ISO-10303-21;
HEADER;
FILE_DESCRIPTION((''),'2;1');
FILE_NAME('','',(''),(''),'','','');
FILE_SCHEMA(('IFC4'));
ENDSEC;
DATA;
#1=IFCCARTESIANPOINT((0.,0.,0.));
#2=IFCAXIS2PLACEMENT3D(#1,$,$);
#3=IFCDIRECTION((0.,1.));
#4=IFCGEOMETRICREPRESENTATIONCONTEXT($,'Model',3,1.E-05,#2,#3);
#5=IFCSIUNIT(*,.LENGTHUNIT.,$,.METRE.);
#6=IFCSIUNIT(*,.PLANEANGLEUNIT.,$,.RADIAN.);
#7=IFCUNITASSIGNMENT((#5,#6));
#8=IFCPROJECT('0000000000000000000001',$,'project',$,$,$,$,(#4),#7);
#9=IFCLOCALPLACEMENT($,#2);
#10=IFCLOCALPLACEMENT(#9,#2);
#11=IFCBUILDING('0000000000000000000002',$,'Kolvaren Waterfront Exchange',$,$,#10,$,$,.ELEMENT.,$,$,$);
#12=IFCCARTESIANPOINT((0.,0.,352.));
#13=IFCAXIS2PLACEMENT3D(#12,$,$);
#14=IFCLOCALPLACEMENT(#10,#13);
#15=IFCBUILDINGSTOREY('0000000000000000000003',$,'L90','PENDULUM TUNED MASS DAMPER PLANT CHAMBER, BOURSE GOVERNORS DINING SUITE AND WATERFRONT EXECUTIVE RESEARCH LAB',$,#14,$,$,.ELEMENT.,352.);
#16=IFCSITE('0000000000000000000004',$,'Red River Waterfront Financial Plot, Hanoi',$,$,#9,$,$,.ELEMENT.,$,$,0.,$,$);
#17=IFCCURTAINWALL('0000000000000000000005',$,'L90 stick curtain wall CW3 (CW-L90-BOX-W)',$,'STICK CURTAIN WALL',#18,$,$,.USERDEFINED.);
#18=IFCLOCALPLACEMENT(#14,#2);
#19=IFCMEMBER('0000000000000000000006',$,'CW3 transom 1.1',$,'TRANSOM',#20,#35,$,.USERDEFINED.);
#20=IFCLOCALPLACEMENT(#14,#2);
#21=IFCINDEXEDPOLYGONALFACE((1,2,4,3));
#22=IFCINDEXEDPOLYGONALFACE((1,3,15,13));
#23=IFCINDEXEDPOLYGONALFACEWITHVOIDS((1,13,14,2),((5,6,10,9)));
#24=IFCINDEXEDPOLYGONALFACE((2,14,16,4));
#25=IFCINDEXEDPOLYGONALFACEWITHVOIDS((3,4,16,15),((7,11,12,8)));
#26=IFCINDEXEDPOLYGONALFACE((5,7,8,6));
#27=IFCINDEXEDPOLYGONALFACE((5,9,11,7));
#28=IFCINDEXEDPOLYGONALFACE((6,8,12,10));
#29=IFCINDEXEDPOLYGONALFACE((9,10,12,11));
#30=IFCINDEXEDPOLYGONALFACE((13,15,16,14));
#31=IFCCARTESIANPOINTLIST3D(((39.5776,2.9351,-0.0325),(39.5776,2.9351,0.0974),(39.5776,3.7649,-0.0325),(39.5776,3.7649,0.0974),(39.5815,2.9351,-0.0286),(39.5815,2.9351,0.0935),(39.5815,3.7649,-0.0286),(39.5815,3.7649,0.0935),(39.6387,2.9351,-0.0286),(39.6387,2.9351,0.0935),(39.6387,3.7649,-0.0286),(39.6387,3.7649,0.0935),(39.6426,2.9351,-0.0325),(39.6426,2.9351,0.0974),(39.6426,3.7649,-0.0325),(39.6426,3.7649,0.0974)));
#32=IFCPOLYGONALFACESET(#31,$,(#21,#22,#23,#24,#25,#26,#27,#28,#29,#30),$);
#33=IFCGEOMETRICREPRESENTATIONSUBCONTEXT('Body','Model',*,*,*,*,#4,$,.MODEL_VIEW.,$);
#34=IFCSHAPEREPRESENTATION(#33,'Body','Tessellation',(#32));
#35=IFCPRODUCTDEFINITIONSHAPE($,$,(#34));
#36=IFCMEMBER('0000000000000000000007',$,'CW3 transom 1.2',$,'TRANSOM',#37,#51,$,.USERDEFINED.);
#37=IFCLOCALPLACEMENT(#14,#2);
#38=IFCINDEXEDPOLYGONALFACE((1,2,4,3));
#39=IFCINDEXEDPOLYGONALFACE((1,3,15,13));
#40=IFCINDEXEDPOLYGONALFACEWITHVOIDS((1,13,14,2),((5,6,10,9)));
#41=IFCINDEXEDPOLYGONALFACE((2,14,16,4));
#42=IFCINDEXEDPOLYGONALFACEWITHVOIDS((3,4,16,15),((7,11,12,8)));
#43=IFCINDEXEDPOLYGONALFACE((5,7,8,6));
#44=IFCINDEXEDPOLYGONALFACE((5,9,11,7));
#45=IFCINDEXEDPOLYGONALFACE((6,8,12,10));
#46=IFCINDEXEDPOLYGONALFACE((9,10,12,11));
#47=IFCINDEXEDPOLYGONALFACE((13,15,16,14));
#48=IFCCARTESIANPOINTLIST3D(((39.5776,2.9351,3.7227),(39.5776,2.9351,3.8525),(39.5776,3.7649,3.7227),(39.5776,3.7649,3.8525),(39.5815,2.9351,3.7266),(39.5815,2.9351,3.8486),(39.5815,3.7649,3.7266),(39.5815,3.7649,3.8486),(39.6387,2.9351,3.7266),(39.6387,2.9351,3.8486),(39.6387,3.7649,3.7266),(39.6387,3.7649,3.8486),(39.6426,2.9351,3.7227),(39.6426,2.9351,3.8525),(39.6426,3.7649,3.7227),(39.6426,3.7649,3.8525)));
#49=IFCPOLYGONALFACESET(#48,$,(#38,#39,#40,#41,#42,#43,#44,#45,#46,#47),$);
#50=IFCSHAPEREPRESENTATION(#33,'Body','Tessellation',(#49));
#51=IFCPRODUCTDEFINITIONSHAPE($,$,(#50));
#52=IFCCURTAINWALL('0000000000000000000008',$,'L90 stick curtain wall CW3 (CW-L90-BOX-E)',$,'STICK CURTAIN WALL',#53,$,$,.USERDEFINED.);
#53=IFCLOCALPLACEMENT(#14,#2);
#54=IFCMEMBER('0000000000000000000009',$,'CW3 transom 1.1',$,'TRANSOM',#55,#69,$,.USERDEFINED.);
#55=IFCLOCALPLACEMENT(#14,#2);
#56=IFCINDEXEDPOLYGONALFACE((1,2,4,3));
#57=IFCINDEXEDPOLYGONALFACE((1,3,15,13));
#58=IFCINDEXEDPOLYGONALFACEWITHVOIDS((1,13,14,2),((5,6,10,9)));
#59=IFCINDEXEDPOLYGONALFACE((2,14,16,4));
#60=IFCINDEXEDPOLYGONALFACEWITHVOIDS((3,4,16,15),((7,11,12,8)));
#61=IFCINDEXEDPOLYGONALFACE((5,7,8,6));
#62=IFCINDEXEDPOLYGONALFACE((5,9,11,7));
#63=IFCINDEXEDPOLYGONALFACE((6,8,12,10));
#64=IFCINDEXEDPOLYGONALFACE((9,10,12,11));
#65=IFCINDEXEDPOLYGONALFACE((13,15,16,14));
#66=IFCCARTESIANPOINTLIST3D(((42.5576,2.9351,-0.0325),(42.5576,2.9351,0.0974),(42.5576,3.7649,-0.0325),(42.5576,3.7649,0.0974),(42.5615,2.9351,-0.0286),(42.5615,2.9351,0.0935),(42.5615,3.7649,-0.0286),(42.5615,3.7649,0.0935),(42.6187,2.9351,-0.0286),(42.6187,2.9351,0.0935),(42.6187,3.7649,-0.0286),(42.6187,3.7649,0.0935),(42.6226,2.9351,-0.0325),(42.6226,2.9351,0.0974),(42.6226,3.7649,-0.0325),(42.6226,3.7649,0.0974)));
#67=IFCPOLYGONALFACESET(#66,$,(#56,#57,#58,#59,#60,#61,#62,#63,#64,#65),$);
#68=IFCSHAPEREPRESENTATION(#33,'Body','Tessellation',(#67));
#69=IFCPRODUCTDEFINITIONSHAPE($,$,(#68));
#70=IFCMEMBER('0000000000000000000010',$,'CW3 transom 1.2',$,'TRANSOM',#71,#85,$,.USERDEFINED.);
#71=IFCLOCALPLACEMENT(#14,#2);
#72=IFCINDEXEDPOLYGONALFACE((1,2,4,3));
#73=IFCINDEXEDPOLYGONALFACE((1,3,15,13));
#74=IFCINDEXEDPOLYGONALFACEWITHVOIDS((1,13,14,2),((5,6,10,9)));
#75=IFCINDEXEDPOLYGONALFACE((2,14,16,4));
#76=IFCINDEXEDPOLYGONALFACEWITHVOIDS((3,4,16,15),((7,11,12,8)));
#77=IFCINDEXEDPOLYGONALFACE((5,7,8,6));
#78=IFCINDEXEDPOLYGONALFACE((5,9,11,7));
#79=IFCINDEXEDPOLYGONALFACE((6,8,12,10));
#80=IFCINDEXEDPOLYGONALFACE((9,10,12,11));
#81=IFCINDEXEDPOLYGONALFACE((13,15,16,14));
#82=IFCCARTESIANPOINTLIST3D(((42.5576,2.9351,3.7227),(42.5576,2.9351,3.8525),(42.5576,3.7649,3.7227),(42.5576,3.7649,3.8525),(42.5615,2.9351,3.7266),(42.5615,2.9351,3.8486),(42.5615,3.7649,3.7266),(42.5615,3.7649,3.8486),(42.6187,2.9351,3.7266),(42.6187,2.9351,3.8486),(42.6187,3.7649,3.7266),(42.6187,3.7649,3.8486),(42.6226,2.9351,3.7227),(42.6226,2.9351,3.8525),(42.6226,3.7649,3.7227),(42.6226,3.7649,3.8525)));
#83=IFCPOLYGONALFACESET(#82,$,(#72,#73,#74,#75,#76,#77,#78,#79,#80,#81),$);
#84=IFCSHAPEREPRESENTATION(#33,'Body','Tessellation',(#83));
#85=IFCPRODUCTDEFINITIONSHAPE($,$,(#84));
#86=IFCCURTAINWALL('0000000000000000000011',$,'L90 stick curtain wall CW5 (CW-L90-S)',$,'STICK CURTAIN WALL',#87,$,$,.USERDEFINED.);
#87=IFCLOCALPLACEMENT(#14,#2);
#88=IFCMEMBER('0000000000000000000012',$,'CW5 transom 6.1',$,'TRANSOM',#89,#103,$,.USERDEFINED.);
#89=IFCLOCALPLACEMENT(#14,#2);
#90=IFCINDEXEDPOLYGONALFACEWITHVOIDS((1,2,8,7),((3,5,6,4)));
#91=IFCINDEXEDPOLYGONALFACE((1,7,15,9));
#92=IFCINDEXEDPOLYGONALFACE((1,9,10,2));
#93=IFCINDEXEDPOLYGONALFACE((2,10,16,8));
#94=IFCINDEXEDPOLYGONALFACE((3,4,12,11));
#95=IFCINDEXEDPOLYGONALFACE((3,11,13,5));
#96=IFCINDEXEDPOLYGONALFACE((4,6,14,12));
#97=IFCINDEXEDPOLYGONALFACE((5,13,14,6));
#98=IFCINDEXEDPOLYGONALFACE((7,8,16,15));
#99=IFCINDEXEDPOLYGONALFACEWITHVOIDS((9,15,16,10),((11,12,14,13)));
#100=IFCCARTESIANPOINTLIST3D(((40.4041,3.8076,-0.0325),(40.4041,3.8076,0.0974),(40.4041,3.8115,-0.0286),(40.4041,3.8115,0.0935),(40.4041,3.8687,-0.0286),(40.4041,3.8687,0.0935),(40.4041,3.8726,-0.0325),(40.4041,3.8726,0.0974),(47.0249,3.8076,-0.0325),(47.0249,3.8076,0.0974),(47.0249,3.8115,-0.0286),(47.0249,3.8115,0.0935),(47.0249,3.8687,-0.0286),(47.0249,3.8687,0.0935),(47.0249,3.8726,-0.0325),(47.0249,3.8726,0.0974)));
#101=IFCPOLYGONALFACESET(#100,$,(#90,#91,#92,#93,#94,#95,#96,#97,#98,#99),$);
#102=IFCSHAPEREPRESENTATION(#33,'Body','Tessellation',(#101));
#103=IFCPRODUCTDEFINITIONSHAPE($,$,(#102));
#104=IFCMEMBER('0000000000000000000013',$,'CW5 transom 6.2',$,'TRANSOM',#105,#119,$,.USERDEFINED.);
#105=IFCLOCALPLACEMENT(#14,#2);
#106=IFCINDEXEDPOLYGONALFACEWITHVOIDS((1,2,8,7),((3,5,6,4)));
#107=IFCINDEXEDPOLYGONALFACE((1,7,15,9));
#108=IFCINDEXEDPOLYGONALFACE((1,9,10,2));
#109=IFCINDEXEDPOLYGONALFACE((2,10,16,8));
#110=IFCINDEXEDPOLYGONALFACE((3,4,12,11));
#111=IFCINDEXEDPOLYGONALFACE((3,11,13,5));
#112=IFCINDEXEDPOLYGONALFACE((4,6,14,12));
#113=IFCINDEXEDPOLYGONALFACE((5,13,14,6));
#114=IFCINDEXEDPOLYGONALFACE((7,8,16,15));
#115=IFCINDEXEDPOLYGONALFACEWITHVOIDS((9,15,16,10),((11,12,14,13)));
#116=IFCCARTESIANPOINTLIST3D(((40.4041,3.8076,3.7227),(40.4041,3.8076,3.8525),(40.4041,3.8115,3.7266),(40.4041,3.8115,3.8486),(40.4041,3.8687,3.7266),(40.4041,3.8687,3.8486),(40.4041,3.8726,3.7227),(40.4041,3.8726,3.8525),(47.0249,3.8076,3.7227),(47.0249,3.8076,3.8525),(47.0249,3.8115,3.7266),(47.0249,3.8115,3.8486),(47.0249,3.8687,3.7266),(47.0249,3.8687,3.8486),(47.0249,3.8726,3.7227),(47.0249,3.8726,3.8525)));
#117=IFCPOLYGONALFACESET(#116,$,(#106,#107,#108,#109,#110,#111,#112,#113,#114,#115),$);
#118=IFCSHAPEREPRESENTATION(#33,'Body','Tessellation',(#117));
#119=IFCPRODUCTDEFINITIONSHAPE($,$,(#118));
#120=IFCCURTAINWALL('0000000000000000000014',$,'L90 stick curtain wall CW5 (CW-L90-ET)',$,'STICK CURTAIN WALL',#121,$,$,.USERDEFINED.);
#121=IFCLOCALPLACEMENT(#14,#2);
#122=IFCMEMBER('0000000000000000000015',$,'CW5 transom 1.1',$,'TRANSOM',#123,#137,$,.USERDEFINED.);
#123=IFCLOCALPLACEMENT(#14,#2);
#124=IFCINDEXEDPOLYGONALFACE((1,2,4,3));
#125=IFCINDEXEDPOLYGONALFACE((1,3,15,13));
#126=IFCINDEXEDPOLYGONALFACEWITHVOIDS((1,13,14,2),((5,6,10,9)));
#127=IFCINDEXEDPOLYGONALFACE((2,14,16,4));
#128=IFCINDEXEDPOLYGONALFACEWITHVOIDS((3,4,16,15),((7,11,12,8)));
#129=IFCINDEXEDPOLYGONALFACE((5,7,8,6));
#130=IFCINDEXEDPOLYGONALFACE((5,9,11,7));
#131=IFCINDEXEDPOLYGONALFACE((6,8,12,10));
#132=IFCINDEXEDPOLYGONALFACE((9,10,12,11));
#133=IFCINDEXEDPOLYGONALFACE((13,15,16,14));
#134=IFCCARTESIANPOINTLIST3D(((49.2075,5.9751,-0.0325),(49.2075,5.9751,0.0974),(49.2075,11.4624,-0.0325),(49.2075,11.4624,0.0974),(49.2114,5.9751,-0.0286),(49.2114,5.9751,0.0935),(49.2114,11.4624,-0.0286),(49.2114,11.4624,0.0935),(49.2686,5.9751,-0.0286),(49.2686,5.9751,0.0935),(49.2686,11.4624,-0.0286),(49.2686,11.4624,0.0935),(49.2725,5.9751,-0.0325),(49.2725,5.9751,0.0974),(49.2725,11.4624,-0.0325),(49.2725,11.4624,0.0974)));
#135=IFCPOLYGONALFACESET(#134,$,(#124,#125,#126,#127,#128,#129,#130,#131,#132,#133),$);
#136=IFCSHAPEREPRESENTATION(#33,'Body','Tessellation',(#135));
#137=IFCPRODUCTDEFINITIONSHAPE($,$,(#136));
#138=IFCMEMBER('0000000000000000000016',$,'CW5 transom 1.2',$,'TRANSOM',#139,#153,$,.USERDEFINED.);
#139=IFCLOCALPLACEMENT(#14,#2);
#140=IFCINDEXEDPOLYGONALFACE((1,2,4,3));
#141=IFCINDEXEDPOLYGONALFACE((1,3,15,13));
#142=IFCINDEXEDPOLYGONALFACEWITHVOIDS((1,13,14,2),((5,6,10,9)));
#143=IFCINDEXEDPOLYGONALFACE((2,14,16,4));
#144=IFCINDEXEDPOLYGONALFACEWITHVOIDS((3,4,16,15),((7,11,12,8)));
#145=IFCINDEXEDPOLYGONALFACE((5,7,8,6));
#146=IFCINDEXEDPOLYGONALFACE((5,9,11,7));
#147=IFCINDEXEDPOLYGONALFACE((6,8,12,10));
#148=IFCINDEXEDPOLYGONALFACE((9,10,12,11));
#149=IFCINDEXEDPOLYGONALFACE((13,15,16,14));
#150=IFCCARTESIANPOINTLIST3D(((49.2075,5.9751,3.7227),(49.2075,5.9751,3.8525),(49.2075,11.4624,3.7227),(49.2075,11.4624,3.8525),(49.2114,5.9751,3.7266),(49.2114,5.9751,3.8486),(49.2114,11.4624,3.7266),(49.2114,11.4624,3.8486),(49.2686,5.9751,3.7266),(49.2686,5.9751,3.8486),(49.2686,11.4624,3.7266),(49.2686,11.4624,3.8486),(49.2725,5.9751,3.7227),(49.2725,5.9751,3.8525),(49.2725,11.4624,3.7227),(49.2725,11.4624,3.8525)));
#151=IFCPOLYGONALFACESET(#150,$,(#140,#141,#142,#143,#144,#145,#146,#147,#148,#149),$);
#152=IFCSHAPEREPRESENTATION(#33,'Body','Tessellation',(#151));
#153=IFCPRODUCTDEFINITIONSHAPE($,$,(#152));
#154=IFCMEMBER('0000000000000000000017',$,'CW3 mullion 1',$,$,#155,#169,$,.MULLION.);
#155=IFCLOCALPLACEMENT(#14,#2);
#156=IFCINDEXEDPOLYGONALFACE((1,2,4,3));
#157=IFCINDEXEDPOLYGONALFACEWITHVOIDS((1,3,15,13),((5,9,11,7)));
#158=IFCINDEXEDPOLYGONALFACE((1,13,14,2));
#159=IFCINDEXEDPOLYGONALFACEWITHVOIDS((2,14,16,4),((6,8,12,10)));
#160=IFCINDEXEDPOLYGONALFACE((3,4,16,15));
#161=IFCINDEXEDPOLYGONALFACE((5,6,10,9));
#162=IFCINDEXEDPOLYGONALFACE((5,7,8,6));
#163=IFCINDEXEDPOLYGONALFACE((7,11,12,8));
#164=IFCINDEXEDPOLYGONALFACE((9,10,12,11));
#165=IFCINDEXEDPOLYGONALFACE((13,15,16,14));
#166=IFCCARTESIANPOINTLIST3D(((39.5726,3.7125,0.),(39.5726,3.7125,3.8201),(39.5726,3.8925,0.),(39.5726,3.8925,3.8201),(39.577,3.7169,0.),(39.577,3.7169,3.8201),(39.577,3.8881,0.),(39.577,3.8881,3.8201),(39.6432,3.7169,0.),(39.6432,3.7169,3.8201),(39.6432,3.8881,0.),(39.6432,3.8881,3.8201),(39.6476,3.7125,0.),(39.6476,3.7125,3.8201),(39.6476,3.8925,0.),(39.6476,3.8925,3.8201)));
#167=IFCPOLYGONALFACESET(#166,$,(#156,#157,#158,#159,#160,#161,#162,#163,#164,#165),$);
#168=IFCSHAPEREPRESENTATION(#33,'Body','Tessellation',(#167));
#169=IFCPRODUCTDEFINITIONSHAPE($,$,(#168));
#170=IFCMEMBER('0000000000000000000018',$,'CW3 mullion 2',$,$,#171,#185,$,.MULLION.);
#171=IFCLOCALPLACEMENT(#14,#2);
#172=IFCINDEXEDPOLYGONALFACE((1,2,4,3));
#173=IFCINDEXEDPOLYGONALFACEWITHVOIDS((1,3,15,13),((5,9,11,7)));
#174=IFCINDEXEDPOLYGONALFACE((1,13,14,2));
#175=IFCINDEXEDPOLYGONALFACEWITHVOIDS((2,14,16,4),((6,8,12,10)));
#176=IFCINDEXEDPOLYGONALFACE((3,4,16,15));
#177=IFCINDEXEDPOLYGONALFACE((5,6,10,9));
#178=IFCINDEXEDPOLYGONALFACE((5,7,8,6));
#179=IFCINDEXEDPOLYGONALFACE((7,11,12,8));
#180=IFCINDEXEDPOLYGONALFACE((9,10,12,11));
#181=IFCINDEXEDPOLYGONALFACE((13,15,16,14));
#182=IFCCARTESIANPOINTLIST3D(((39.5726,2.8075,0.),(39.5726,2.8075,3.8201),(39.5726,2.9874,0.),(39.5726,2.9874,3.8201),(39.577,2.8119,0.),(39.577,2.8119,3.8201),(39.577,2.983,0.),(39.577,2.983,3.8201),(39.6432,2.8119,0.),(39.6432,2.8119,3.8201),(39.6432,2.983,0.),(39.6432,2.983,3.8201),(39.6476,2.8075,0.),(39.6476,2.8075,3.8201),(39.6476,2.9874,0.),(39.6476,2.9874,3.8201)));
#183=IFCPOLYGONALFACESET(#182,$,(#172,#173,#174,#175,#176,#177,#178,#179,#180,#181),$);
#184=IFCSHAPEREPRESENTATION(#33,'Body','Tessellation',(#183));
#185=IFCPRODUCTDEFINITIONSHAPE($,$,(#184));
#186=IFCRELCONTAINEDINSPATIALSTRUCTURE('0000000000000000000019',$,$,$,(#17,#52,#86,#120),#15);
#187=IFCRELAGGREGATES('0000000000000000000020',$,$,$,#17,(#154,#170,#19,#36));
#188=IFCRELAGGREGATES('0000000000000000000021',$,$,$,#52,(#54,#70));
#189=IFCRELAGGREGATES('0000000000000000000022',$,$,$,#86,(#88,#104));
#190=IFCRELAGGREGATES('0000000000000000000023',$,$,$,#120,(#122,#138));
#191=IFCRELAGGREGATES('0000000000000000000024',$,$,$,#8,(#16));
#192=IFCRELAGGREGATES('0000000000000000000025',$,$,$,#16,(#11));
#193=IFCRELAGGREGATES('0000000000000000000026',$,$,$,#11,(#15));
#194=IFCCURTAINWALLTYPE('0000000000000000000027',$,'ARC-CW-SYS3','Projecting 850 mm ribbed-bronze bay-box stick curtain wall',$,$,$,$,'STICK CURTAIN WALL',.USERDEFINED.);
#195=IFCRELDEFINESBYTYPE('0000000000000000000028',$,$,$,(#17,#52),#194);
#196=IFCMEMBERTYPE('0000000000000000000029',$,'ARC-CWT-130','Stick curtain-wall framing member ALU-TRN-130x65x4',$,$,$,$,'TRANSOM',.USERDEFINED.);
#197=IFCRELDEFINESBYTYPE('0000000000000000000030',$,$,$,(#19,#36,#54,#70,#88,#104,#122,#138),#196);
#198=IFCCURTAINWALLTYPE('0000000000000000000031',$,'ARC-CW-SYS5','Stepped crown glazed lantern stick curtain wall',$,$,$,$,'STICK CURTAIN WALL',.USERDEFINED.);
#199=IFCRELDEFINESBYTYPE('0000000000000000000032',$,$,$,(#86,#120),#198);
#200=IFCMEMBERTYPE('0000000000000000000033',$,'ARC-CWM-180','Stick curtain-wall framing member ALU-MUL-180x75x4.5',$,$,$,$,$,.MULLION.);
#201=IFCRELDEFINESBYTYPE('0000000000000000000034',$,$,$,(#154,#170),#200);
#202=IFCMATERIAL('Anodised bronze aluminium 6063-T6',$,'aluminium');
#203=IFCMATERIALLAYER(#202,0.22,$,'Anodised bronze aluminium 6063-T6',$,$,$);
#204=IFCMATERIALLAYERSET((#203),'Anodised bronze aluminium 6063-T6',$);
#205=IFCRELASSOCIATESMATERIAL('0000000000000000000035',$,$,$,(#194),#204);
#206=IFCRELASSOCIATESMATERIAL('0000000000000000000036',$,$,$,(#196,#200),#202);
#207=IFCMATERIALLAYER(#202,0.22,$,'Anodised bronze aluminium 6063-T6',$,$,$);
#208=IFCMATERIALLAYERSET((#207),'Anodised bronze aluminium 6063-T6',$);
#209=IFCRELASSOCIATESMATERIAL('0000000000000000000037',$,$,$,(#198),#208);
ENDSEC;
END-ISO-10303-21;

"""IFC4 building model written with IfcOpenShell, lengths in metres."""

from ifc_helpers import new_model, si_unit, direction, frame, origin, origin_with_axes, origin_2d, place, context, subcontext, project, spatial, hollow_rectangle, extrude, source, transform, mapped, material, layer, layer_set, material_profile, profile_set, type_object, element, aggregate, save


model = new_model("IFC4")

# Units and contexts
model_context = context("Model", 3, precision=1e-05, world=origin(), true_north=direction((0.0, 1.0)))
body_context = subcontext(model_context, "Body", "Model", "MODEL_VIEW")
ifc_project = project(units=[si_unit("LENGTHUNIT", "METRE"), si_unit("PLANEANGLEUNIT", "RADIAN")], contexts=[model_context])

# Site, building, storey
site_placement = place(None, origin())
site = spatial("IfcSite", under=ifc_project, at=site_placement, Name="Red River Waterfront Financial Plot, Hanoi", CompositionType="ELEMENT", RefElevation=0.0)
building_placement = place(site_placement, origin())
building = spatial("IfcBuilding", under=site, at=building_placement, Name="Kolvaren Waterfront Exchange", CompositionType="ELEMENT")
storey_placement = place(building_placement, frame((0.0, 0.0, 352.0)))
storey = spatial("IfcBuildingStorey", under=building, at=storey_placement, Name="L90", Description="PENDULUM TUNED MASS DAMPER PLANT CHAMBER, BOURSE GOVERNORS DINING SUITE AND WATERFRONT EXECUTIVE RESEARCH LAB", CompositionType="ELEMENT", Elevation=352.0)

# Curtain walls, members
ifc_material_1 = material(Name="Anodised bronze aluminium 6063-T6", Category="aluminium")
ifc_layer_1 = layer(ifc_material_1, 0.22, Name="Anodised bronze aluminium 6063-T6")
ifc_layer_set_1 = layer_set([ifc_layer_1], Name="Anodised bronze aluminium 6063-T6")
curtain_wall_type_1 = type_object("IfcCurtainWallType", Name="ARC-CW-SYS3", Description="Projecting 850 mm ribbed-bronze bay-box stick curtain wall", ElementType="STICK CURTAIN WALL", PredefinedType="USERDEFINED", material=ifc_layer_set_1)
ifc_material_profile_1 = material_profile(ifc_material_1, hollow_rectangle(XDim=0.0649, YDim=0.1299, WallThickness=0.0039, at=origin_2d()), Name="ALU-TRN-130x65x4")
ifc_profile_set_1 = profile_set([ifc_material_profile_1], Name="Anodised bronze aluminium 6063-T6")
member_type_1 = type_object("IfcMemberType", Name="ARC-CWT-130", Description="Stick curtain-wall framing member ALU-TRN-130x65x4", ElementType="TRANSOM", PredefinedType="USERDEFINED", material=ifc_profile_set_1)
curtain_wall_1_placement = place(storey_placement, origin())
curtain_wall_1 = element("IfcCurtainWall", 1, at=curtain_wall_1_placement, inside=storey, type_object=curtain_wall_type_1, Name="L90 stick curtain wall CW3 (CW-L90-BOX-W)", ObjectType="STICK CURTAIN WALL", PredefinedType="USERDEFINED")
shared_shape_1 = source(origin_with_axes(), body_context, "Body", "SweptSolid", [
    extrude(hollow_rectangle(XDim=0.0649, YDim=0.1299, WallThickness=0.0039, at=origin_2d()), origin(), (0.0, 0.0, 1.0), 0.8298),
])
member_1_placement = place(storey_placement, frame((39.6101, 3.7649, 0.0325), z_axis=(0.0, -1.0, 0.0), x_axis=(1.0, 0.0, 0.0)))
member_1 = element("IfcMember", 2, at=member_1_placement, type_object=member_type_1, Name="CW3 transom 1.1", ObjectType="TRANSOM", PredefinedType="USERDEFINED", context=body_context, shape_type="MappedRepresentation", body=[
    mapped(shared_shape_1, transform((0.0, 0.0, 0.0), x_axis=(1.0, 0.0, 0.0), y_axis=(0.0, 1.0, 0.0), z_axis=(0.0, 0.0, 1.0), scale=1.0)),
])
member_2_placement = place(storey_placement, frame((39.6101, 3.7649, 3.7876), z_axis=(0.0, -1.0, 0.0), x_axis=(1.0, 0.0, 0.0)))
member_2 = element("IfcMember", 3, at=member_2_placement, type_object=member_type_1, Name="CW3 transom 1.2", ObjectType="TRANSOM", PredefinedType="USERDEFINED", context=body_context, shape_type="MappedRepresentation", body=[
    mapped(shared_shape_1, transform((0.0, 0.0, 0.0), x_axis=(1.0, 0.0, 0.0), y_axis=(0.0, 1.0, 0.0), z_axis=(0.0, 0.0, 1.0), scale=1.0)),
])
curtain_wall_2_placement = place(storey_placement, origin())
curtain_wall_2 = element("IfcCurtainWall", 4, at=curtain_wall_2_placement, inside=storey, type_object=curtain_wall_type_1, Name="L90 stick curtain wall CW3 (CW-L90-BOX-E)", ObjectType="STICK CURTAIN WALL", PredefinedType="USERDEFINED")
member_3_placement = place(storey_placement, frame((42.5901, 2.9351, 0.0325), z_axis=(0.0, 1.0, 0.0), x_axis=(-1.0, 0.0, 0.0)))
member_3 = element("IfcMember", 5, at=member_3_placement, type_object=member_type_1, Name="CW3 transom 1.1", ObjectType="TRANSOM", PredefinedType="USERDEFINED", context=body_context, shape_type="MappedRepresentation", body=[
    mapped(shared_shape_1, transform((0.0, 0.0, 0.0), x_axis=(1.0, 0.0, 0.0), y_axis=(0.0, 1.0, 0.0), z_axis=(0.0, 0.0, 1.0), scale=1.0)),
])
member_4_placement = place(storey_placement, frame((42.5901, 2.9351, 3.7876), z_axis=(0.0, 1.0, 0.0), x_axis=(-1.0, 0.0, 0.0)))
member_4 = element("IfcMember", 6, at=member_4_placement, type_object=member_type_1, Name="CW3 transom 1.2", ObjectType="TRANSOM", PredefinedType="USERDEFINED", context=body_context, shape_type="MappedRepresentation", body=[
    mapped(shared_shape_1, transform((0.0, 0.0, 0.0), x_axis=(1.0, 0.0, 0.0), y_axis=(0.0, 1.0, 0.0), z_axis=(0.0, 0.0, 1.0), scale=1.0)),
])
ifc_layer_2 = layer(ifc_material_1, 0.22, Name="Anodised bronze aluminium 6063-T6")
ifc_layer_set_2 = layer_set([ifc_layer_2], Name="Anodised bronze aluminium 6063-T6")
curtain_wall_type_2 = type_object("IfcCurtainWallType", Name="ARC-CW-SYS5", Description="Stepped crown glazed lantern stick curtain wall", ElementType="STICK CURTAIN WALL", PredefinedType="USERDEFINED", material=ifc_layer_set_2)
curtain_wall_3_placement = place(storey_placement, origin())
curtain_wall_3 = element("IfcCurtainWall", 7, at=curtain_wall_3_placement, inside=storey, type_object=curtain_wall_type_2, Name="L90 stick curtain wall CW5 (CW-L90-S)", ObjectType="STICK CURTAIN WALL", PredefinedType="USERDEFINED")
shared_shape_2 = source(origin_with_axes(), body_context, "Body", "SweptSolid", [
    extrude(hollow_rectangle(XDim=0.0649, YDim=0.1299, WallThickness=0.0039, at=origin_2d()), origin(), (0.0, 0.0, 1.0), 6.6208),
])
member_5_placement = place(storey_placement, frame((40.4041, 3.8401, 0.0325), z_axis=(1.0, 0.0, 0.0), x_axis=(0.0, 1.0, 0.0)))
member_5 = element("IfcMember", 8, at=member_5_placement, type_object=member_type_1, Name="CW5 transom 6.1", ObjectType="TRANSOM", PredefinedType="USERDEFINED", context=body_context, shape_type="MappedRepresentation", body=[
    mapped(shared_shape_2, transform((0.0, 0.0, 0.0), x_axis=(1.0, 0.0, 0.0), y_axis=(0.0, 1.0, 0.0), z_axis=(0.0, 0.0, 1.0), scale=1.0)),
])
member_6_placement = place(storey_placement, frame((40.4041, 3.8401, 3.7876), z_axis=(1.0, 0.0, 0.0), x_axis=(0.0, 1.0, 0.0)))
member_6 = element("IfcMember", 9, at=member_6_placement, type_object=member_type_1, Name="CW5 transom 6.2", ObjectType="TRANSOM", PredefinedType="USERDEFINED", context=body_context, shape_type="MappedRepresentation", body=[
    mapped(shared_shape_2, transform((0.0, 0.0, 0.0), x_axis=(1.0, 0.0, 0.0), y_axis=(0.0, 1.0, 0.0), z_axis=(0.0, 0.0, 1.0), scale=1.0)),
])
curtain_wall_4_placement = place(storey_placement, origin())
curtain_wall_4 = element("IfcCurtainWall", 10, at=curtain_wall_4_placement, inside=storey, type_object=curtain_wall_type_2, Name="L90 stick curtain wall CW5 (CW-L90-ET)", ObjectType="STICK CURTAIN WALL", PredefinedType="USERDEFINED")
shared_shape_3 = source(origin_with_axes(), body_context, "Body", "SweptSolid", [
    extrude(hollow_rectangle(XDim=0.0649, YDim=0.1299, WallThickness=0.0039, at=origin_2d()), origin(), (0.0, 0.0, 1.0), 5.4873),
])
member_7_placement = place(storey_placement, frame((49.24, 5.9751, 0.0325), z_axis=(0.0, 1.0, 0.0), x_axis=(-1.0, 0.0, 0.0)))
member_7 = element("IfcMember", 11, at=member_7_placement, type_object=member_type_1, Name="CW5 transom 1.1", ObjectType="TRANSOM", PredefinedType="USERDEFINED", context=body_context, shape_type="MappedRepresentation", body=[
    mapped(shared_shape_3, transform((0.0, 0.0, 0.0), x_axis=(1.0, 0.0, 0.0), y_axis=(0.0, 1.0, 0.0), z_axis=(0.0, 0.0, 1.0), scale=1.0)),
])
member_8_placement = place(storey_placement, frame((49.24, 5.9751, 3.7876), z_axis=(0.0, 1.0, 0.0), x_axis=(-1.0, 0.0, 0.0)))
member_8 = element("IfcMember", 12, at=member_8_placement, type_object=member_type_1, Name="CW5 transom 1.2", ObjectType="TRANSOM", PredefinedType="USERDEFINED", context=body_context, shape_type="MappedRepresentation", body=[
    mapped(shared_shape_3, transform((0.0, 0.0, 0.0), x_axis=(1.0, 0.0, 0.0), y_axis=(0.0, 1.0, 0.0), z_axis=(0.0, 0.0, 1.0), scale=1.0)),
])

# Members
ifc_material_profile_2 = material_profile(ifc_material_1, hollow_rectangle(XDim=0.075, YDim=0.1799, WallThickness=0.0044, at=origin_2d()), Name="ALU-MUL-180x75x4.5")
ifc_profile_set_2 = profile_set([ifc_material_profile_2], Name="Anodised bronze aluminium 6063-T6")
member_type_2 = type_object("IfcMemberType", Name="ARC-CWM-180", Description="Stick curtain-wall framing member ALU-MUL-180x75x4.5", PredefinedType="MULLION", material=ifc_profile_set_2)
shared_shape_4 = source(origin_with_axes(), body_context, "Body", "SweptSolid", [
    extrude(hollow_rectangle(XDim=0.075, YDim=0.1799, WallThickness=0.0044, at=origin_2d()), origin(), (0.0, 0.0, 1.0), 3.8201),
])
member_9_placement = place(storey_placement, frame((39.6101, 3.8025, 0.0), z_axis=(0.0, 0.0, 1.0), x_axis=(1.0, 0.0, 0.0)))
member_9 = element("IfcMember", 13, at=member_9_placement, type_object=member_type_2, Name="CW3 mullion 1", PredefinedType="MULLION", context=body_context, shape_type="MappedRepresentation", body=[
    mapped(shared_shape_4, transform((0.0, 0.0, 0.0), x_axis=(1.0, 0.0, 0.0), y_axis=(0.0, 1.0, 0.0), z_axis=(0.0, 0.0, 1.0), scale=1.0)),
])
member_10_placement = place(storey_placement, frame((39.6101, 2.8975, 0.0), z_axis=(0.0, 0.0, 1.0), x_axis=(1.0, 0.0, 0.0)))
member_10 = element("IfcMember", 14, at=member_10_placement, type_object=member_type_2, Name="CW3 mullion 2", PredefinedType="MULLION", context=body_context, shape_type="MappedRepresentation", body=[
    mapped(shared_shape_4, transform((0.0, 0.0, 0.0), x_axis=(1.0, 0.0, 0.0), y_axis=(0.0, 1.0, 0.0), z_axis=(0.0, 0.0, 1.0), scale=1.0)),
])

aggregate(curtain_wall_1, [member_9, member_10, member_1, member_2])
aggregate(curtain_wall_2, [member_3, member_4])
aggregate(curtain_wall_3, [member_5, member_6])
aggregate(curtain_wall_4, [member_7, member_8])

save(model, "model.ifc")
